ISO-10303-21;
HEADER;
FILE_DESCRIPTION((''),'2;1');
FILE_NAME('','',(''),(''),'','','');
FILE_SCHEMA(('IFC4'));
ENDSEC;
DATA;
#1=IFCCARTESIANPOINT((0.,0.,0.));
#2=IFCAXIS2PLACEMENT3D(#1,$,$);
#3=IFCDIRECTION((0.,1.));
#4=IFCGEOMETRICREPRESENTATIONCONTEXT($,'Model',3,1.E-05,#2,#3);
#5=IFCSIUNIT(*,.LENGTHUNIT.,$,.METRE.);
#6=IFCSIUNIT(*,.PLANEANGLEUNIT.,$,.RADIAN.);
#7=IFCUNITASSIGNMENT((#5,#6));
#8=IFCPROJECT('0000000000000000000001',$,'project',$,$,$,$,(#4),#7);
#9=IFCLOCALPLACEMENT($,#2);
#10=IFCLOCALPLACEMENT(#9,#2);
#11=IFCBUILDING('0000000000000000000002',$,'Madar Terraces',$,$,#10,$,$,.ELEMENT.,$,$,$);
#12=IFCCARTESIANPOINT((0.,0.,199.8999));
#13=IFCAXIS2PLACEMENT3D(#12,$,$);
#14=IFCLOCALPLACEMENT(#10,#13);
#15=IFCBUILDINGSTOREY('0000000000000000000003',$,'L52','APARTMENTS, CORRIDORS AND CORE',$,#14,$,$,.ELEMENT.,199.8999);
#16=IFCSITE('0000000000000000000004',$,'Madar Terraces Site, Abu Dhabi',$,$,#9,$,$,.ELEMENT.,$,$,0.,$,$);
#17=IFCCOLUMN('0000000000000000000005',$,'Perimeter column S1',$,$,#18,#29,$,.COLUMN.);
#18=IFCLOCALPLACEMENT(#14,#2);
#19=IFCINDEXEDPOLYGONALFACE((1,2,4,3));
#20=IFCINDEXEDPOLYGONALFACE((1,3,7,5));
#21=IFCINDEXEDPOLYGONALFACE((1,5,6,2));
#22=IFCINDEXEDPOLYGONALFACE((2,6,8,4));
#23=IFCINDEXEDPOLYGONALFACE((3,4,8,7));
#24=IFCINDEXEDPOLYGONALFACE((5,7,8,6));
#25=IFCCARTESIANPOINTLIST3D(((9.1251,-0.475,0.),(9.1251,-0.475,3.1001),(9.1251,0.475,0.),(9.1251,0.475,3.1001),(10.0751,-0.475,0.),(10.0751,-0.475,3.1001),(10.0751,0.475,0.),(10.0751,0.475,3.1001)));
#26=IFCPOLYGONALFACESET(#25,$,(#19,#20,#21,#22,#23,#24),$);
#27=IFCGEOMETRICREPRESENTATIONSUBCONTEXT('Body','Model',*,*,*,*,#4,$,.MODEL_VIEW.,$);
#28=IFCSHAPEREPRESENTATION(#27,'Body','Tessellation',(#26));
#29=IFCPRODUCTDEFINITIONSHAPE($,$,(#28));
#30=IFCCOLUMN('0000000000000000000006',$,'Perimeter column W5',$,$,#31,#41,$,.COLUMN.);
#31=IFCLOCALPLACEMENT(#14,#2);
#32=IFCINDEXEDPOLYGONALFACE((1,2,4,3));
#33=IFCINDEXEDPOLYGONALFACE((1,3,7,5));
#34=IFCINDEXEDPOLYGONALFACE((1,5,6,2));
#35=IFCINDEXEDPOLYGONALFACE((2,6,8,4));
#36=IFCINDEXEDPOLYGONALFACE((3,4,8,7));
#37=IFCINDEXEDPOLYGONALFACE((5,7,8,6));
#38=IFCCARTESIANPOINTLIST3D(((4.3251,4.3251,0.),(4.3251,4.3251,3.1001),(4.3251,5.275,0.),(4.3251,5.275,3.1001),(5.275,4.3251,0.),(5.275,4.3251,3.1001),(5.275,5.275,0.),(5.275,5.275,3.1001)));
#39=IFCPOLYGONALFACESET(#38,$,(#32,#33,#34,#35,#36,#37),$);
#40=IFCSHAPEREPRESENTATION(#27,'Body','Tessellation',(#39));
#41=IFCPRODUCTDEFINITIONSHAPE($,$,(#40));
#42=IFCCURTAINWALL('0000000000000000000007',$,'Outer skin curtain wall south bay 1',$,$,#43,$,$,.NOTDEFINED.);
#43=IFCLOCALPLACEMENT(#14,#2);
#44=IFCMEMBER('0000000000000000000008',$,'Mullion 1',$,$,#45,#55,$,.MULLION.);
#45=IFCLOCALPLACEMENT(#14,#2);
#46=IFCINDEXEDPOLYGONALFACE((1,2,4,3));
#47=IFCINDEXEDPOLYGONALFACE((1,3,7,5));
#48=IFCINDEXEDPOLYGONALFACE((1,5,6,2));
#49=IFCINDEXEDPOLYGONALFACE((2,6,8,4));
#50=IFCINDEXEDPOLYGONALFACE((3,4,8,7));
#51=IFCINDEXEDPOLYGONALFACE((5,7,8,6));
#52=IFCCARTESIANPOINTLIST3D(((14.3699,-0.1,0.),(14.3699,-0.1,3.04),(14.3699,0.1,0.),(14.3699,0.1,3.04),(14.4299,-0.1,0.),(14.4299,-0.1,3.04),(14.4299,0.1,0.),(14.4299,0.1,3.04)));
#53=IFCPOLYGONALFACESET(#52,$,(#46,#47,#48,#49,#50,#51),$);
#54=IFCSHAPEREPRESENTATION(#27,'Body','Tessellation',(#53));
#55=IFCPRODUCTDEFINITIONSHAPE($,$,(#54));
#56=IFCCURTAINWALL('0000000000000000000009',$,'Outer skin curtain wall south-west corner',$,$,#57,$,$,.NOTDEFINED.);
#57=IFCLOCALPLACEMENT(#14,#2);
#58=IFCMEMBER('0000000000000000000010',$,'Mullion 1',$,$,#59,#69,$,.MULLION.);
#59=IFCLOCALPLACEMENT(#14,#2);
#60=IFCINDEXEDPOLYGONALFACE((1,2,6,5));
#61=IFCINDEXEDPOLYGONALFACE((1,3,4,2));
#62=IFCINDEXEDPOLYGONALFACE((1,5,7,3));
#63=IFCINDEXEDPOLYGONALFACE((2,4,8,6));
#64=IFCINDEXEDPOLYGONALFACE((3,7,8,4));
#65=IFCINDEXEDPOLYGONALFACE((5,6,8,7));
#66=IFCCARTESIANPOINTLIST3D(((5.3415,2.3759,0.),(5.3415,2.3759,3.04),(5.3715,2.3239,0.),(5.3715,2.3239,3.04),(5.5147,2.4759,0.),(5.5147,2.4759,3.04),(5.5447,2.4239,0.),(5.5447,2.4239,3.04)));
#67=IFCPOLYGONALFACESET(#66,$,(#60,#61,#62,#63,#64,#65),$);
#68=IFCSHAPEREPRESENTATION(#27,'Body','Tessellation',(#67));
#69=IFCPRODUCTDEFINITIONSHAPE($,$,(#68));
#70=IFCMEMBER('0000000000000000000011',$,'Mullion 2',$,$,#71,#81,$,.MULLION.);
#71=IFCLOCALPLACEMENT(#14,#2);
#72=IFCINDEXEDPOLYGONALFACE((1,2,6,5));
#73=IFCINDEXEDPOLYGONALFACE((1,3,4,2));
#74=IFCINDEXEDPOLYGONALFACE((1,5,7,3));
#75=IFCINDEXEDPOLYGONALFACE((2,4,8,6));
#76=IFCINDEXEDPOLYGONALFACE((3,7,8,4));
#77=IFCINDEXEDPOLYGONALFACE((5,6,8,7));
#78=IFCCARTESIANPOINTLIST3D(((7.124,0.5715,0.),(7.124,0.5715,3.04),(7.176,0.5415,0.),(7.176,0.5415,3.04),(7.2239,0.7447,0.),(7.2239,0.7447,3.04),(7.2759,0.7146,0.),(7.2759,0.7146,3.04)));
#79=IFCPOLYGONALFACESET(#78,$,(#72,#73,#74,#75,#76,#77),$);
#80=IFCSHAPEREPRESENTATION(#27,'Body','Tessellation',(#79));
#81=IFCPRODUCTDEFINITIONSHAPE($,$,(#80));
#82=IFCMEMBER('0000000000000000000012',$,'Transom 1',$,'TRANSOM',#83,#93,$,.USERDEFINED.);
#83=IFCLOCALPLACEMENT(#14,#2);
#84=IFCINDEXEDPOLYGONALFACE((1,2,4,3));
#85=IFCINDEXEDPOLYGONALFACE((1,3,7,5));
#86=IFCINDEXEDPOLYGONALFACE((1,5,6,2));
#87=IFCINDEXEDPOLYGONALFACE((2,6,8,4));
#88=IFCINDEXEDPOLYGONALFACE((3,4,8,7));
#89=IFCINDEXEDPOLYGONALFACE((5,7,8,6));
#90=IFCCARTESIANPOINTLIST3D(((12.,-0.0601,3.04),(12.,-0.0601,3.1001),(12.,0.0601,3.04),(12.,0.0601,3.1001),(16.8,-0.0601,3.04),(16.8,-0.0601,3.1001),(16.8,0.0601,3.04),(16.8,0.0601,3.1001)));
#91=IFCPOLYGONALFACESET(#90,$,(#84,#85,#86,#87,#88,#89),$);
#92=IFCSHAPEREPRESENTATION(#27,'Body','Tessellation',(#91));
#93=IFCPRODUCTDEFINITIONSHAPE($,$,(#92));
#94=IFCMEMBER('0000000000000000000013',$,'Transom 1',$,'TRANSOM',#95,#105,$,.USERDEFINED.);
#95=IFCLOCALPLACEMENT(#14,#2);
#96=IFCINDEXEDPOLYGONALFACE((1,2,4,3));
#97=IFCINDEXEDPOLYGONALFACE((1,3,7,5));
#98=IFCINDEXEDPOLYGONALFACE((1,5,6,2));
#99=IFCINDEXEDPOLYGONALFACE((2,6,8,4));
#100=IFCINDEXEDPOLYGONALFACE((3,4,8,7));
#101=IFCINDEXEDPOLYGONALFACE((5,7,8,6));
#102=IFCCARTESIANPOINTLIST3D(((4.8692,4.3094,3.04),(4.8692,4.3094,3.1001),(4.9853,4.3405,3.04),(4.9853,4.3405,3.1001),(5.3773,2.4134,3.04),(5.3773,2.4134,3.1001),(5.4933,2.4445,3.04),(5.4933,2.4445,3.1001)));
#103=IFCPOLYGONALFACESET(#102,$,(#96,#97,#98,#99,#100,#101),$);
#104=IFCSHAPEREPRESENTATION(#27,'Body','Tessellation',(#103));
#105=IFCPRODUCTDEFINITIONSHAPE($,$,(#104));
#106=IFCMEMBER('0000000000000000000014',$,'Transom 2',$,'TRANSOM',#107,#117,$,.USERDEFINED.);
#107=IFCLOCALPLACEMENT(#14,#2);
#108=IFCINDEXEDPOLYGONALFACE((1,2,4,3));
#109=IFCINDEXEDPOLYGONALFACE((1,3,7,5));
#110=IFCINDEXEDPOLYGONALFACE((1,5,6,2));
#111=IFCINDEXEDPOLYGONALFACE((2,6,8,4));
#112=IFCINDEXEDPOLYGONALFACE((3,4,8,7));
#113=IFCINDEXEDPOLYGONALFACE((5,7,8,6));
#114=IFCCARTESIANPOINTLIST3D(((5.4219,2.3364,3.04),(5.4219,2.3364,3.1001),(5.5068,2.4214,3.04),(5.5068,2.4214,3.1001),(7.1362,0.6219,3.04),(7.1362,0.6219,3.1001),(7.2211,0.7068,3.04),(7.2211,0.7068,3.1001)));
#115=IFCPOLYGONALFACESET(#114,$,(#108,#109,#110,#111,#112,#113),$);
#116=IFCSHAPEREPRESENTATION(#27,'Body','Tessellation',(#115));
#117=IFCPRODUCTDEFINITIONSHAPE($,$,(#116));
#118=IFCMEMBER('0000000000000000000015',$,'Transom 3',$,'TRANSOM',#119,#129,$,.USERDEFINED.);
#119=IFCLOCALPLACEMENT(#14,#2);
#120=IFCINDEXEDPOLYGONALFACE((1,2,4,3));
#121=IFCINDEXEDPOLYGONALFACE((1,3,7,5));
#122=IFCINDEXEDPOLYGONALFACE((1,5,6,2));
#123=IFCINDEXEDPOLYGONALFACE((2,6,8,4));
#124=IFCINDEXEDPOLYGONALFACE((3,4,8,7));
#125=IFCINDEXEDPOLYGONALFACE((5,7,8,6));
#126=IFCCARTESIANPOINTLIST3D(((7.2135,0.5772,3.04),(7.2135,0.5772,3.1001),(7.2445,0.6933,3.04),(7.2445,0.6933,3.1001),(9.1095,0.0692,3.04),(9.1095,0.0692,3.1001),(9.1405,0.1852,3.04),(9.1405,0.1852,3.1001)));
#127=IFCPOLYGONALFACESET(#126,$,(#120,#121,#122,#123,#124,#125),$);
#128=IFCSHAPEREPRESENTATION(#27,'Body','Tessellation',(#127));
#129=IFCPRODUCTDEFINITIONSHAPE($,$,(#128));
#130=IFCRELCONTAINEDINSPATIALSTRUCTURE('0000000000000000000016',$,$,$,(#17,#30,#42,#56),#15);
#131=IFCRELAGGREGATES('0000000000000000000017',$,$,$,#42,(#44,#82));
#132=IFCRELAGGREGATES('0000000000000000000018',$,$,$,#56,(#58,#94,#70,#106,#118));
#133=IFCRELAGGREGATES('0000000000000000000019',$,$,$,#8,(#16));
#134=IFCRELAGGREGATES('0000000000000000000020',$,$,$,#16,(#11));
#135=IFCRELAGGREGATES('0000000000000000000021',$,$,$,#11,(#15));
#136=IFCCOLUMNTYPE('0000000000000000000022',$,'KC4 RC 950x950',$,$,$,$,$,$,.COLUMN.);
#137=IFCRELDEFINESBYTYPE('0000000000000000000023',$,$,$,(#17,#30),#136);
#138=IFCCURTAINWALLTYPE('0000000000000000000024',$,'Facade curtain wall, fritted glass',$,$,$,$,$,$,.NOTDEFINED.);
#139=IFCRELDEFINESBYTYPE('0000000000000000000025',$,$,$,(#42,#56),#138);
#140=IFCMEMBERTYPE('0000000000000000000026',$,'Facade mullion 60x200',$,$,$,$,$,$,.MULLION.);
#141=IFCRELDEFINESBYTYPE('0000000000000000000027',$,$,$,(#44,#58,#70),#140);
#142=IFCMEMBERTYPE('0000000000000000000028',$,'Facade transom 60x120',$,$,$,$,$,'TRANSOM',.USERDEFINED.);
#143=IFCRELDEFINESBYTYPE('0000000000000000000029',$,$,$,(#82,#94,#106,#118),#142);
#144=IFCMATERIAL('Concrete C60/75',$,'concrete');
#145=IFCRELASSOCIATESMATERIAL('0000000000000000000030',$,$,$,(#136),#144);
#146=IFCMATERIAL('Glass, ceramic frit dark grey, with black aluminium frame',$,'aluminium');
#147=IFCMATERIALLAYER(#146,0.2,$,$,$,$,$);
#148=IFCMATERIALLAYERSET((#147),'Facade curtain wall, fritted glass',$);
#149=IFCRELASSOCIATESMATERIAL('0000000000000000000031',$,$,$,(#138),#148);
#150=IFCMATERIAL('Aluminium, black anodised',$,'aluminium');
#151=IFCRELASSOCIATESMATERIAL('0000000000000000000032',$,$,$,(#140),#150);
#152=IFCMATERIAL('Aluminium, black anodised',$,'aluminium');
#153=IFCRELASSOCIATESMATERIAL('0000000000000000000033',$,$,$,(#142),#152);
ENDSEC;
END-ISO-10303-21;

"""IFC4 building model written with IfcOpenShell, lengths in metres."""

from ifc_helpers import new_model, si_unit, direction, frame, origin, origin_2d, place, context, subcontext, project, spatial, rectangle, extrude, material, layer, layer_set, material_profile, profile_set, type_object, element, aggregate, save


model = new_model("IFC4")

# Units and contexts
model_context = context("Model", 3, precision=1e-05, world=origin(), true_north=direction((0.0, 1.0)))
body_context = subcontext(model_context, "Body", "Model", "MODEL_VIEW")
ifc_project = project(units=[si_unit("LENGTHUNIT", "METRE"), si_unit("PLANEANGLEUNIT", "RADIAN")], contexts=[model_context])

# Site, building, storey
site_placement = place(None, origin())
site = spatial("IfcSite", under=ifc_project, at=site_placement, Name="Madar Terraces Site, Abu Dhabi", CompositionType="ELEMENT", RefElevation=0.0)
building_placement = place(site_placement, origin())
building = spatial("IfcBuilding", under=site, at=building_placement, Name="Madar Terraces", CompositionType="ELEMENT")
storey_placement = place(building_placement, frame((0.0, 0.0, 199.8999)))
storey = spatial("IfcBuildingStorey", under=building, at=storey_placement, Name="L52", Description="APARTMENTS, CORRIDORS AND CORE", CompositionType="ELEMENT", Elevation=199.8999)

# Columns
ifc_material_1 = material(Name="Concrete C60/75", Category="concrete")
ifc_material_profile_1 = material_profile(ifc_material_1, rectangle(XDim=0.95, YDim=0.95, at=origin_2d()), Name="KC4 RC 950x950")
ifc_profile_set_1 = profile_set([ifc_material_profile_1], Name="Concrete C60/75")
column_type = type_object("IfcColumnType", Name="KC4 RC 950x950", PredefinedType="COLUMN", material=ifc_profile_set_1)
for number, where, z_axis, x_axis, name in (
    (1, (9.6001, 0.0, 0.0), (0.0, 0.0, 1.0), (1.0, 0.0, 0.0), "Perimeter column S1"),
    (2, (4.8, 4.8, 0.0), (0.0, 0.0, 1.0), (1.0, 0.0, 0.0), "Perimeter column W5"),
):
    element("IfcColumn", number, at=place(storey_placement, frame(where, z_axis=z_axis, x_axis=x_axis)), inside=storey, type_object=column_type, Name=name, PredefinedType="COLUMN", context=body_context, shape_type="SweptSolid", body=[
        extrude(rectangle(XDim=0.95, YDim=0.95, at=origin_2d()), origin(), (0.0, 0.0, 1.0), 3.1001),
    ])

# Curtain wall, member
ifc_material_2 = material(Name="Glass, ceramic frit dark grey, with black aluminium frame", Category="aluminium")
ifc_layer_1 = layer(ifc_material_2, 0.2)
ifc_layer_set_1 = layer_set([ifc_layer_1], Name="Facade curtain wall, fritted glass")
curtain_wall_type = type_object("IfcCurtainWallType", Name="Facade curtain wall, fritted glass", PredefinedType="NOTDEFINED", material=ifc_layer_set_1)
curtain_wall_1_placement = place(storey_placement, origin())
curtain_wall_1 = element("IfcCurtainWall", 3, at=curtain_wall_1_placement, inside=storey, type_object=curtain_wall_type, Name="Outer skin curtain wall south bay 1", PredefinedType="NOTDEFINED")
ifc_material_3 = material(Name="Aluminium, black anodised", Category="aluminium")
ifc_material_profile_2 = material_profile(ifc_material_3, rectangle(XDim=0.2, YDim=0.0601, at=origin_2d()), Name="Facade mullion 60x200")
ifc_profile_set_2 = profile_set([ifc_material_profile_2], Name="Aluminium, black anodised")
member_type_1 = type_object("IfcMemberType", Name="Facade mullion 60x200", PredefinedType="MULLION", material=ifc_profile_set_2)
member_1_placement = place(storey_placement, frame((14.3999, 0.0, 0.0), z_axis=(0.0, 0.0, 1.0), x_axis=(0.0, 1.0, 0.0)))
member_1 = element("IfcMember", 4, at=member_1_placement, type_object=member_type_1, Name="Mullion 1", PredefinedType="MULLION", context=body_context, shape_type="SweptSolid", body=[
    extrude(rectangle(XDim=0.2, YDim=0.0601, at=origin_2d()), origin(), (0.0, 0.0, 1.0), 3.04),
])

# Curtain wall, members
curtain_wall_2_placement = place(storey_placement, origin())
curtain_wall_2 = element("IfcCurtainWall", 5, at=curtain_wall_2_placement, inside=storey, type_object=curtain_wall_type, Name="Outer skin curtain wall south-west corner", PredefinedType="NOTDEFINED")
member_2_placement = place(storey_placement, frame((5.4431, 2.3999, 0.0), z_axis=(0.0, 0.0, 1.0), x_axis=(0.866025, 0.5, 0.0)))
member_2 = element("IfcMember", 6, at=member_2_placement, type_object=member_type_1, Name="Mullion 1", PredefinedType="MULLION", context=body_context, shape_type="SweptSolid", body=[
    extrude(rectangle(XDim=0.2, YDim=0.0601, at=origin_2d()), origin(), (0.0, 0.0, 1.0), 3.04),
])
member_3_placement = place(storey_placement, frame((7.2, 0.6431, 0.0), z_axis=(0.0, 0.0, 1.0), x_axis=(0.5, 0.866025, 0.0)))
member_3 = element("IfcMember", 7, at=member_3_placement, type_object=member_type_1, Name="Mullion 2", PredefinedType="MULLION", context=body_context, shape_type="SweptSolid", body=[
    extrude(rectangle(XDim=0.2, YDim=0.0601, at=origin_2d()), origin(), (0.0, 0.0, 1.0), 3.04),
])

# Members
ifc_material_4 = material(Name="Aluminium, black anodised", Category="aluminium")
ifc_material_profile_3 = material_profile(ifc_material_4, rectangle(XDim=0.1201, YDim=0.0601, at=origin_2d()), Name="Facade transom 60x120")
ifc_profile_set_3 = profile_set([ifc_material_profile_3], Name="Aluminium, black anodised")
member_type_2 = type_object("IfcMemberType", Name="Facade transom 60x120", ElementType="TRANSOM", PredefinedType="USERDEFINED", material=ifc_profile_set_3)
member_4_placement = place(storey_placement, frame((12.0, 0.0, 3.0701), z_axis=(1.0, 0.0, 0.0), x_axis=(0.0, 1.0, 0.0)))
member_4 = element("IfcMember", 8, at=member_4_placement, type_object=member_type_2, Name="Transom 1", ObjectType="TRANSOM", PredefinedType="USERDEFINED", context=body_context, shape_type="SweptSolid", body=[
    extrude(rectangle(XDim=0.1201, YDim=0.0601, at=origin_2d()), origin(), (0.0, 0.0, 1.0), 4.8),
])
member_5_placement = place(storey_placement, frame((4.9272, 4.325, 3.0701), z_axis=(0.258831, -0.965923, 0.0), x_axis=(0.965923, 0.258831, 0.0)))
member_5 = element("IfcMember", 9, at=member_5_placement, type_object=member_type_2, Name="Transom 1", ObjectType="TRANSOM", PredefinedType="USERDEFINED", context=body_context, shape_type="SweptSolid", body=[
    extrude(rectangle(XDim=0.1201, YDim=0.0601, at=origin_2d()), origin(), (0.0, 0.0, 1.0), 1.9629),
])
member_6_placement = place(storey_placement, frame((5.4644, 2.3789, 3.0701), z_axis=(0.707056, -0.707157, 0.0), x_axis=(0.707157, 0.707056, 0.0)))
member_6 = element("IfcMember", 10, at=member_6_placement, type_object=member_type_2, Name="Transom 2", ObjectType="TRANSOM", PredefinedType="USERDEFINED", context=body_context, shape_type="SweptSolid", body=[
    extrude(rectangle(XDim=0.1201, YDim=0.0601, at=origin_2d()), origin(), (0.0, 0.0, 1.0), 2.4246),
])
member_7_placement = place(storey_placement, frame((7.229, 0.6353, 3.0701), z_axis=(0.965923, -0.258831, 0.0), x_axis=(0.258831, 0.965923, 0.0)))
member_7 = element("IfcMember", 11, at=member_7_placement, type_object=member_type_2, Name="Transom 3", ObjectType="TRANSOM", PredefinedType="USERDEFINED", context=body_context, shape_type="SweptSolid", body=[
    extrude(rectangle(XDim=0.1201, YDim=0.0601, at=origin_2d()), origin(), (0.0, 0.0, 1.0), 1.9629),
])

aggregate(curtain_wall_1, [member_1, member_4])
aggregate(curtain_wall_2, [member_2, member_5, member_3, member_6, member_7])

save(model, "model.ifc")
